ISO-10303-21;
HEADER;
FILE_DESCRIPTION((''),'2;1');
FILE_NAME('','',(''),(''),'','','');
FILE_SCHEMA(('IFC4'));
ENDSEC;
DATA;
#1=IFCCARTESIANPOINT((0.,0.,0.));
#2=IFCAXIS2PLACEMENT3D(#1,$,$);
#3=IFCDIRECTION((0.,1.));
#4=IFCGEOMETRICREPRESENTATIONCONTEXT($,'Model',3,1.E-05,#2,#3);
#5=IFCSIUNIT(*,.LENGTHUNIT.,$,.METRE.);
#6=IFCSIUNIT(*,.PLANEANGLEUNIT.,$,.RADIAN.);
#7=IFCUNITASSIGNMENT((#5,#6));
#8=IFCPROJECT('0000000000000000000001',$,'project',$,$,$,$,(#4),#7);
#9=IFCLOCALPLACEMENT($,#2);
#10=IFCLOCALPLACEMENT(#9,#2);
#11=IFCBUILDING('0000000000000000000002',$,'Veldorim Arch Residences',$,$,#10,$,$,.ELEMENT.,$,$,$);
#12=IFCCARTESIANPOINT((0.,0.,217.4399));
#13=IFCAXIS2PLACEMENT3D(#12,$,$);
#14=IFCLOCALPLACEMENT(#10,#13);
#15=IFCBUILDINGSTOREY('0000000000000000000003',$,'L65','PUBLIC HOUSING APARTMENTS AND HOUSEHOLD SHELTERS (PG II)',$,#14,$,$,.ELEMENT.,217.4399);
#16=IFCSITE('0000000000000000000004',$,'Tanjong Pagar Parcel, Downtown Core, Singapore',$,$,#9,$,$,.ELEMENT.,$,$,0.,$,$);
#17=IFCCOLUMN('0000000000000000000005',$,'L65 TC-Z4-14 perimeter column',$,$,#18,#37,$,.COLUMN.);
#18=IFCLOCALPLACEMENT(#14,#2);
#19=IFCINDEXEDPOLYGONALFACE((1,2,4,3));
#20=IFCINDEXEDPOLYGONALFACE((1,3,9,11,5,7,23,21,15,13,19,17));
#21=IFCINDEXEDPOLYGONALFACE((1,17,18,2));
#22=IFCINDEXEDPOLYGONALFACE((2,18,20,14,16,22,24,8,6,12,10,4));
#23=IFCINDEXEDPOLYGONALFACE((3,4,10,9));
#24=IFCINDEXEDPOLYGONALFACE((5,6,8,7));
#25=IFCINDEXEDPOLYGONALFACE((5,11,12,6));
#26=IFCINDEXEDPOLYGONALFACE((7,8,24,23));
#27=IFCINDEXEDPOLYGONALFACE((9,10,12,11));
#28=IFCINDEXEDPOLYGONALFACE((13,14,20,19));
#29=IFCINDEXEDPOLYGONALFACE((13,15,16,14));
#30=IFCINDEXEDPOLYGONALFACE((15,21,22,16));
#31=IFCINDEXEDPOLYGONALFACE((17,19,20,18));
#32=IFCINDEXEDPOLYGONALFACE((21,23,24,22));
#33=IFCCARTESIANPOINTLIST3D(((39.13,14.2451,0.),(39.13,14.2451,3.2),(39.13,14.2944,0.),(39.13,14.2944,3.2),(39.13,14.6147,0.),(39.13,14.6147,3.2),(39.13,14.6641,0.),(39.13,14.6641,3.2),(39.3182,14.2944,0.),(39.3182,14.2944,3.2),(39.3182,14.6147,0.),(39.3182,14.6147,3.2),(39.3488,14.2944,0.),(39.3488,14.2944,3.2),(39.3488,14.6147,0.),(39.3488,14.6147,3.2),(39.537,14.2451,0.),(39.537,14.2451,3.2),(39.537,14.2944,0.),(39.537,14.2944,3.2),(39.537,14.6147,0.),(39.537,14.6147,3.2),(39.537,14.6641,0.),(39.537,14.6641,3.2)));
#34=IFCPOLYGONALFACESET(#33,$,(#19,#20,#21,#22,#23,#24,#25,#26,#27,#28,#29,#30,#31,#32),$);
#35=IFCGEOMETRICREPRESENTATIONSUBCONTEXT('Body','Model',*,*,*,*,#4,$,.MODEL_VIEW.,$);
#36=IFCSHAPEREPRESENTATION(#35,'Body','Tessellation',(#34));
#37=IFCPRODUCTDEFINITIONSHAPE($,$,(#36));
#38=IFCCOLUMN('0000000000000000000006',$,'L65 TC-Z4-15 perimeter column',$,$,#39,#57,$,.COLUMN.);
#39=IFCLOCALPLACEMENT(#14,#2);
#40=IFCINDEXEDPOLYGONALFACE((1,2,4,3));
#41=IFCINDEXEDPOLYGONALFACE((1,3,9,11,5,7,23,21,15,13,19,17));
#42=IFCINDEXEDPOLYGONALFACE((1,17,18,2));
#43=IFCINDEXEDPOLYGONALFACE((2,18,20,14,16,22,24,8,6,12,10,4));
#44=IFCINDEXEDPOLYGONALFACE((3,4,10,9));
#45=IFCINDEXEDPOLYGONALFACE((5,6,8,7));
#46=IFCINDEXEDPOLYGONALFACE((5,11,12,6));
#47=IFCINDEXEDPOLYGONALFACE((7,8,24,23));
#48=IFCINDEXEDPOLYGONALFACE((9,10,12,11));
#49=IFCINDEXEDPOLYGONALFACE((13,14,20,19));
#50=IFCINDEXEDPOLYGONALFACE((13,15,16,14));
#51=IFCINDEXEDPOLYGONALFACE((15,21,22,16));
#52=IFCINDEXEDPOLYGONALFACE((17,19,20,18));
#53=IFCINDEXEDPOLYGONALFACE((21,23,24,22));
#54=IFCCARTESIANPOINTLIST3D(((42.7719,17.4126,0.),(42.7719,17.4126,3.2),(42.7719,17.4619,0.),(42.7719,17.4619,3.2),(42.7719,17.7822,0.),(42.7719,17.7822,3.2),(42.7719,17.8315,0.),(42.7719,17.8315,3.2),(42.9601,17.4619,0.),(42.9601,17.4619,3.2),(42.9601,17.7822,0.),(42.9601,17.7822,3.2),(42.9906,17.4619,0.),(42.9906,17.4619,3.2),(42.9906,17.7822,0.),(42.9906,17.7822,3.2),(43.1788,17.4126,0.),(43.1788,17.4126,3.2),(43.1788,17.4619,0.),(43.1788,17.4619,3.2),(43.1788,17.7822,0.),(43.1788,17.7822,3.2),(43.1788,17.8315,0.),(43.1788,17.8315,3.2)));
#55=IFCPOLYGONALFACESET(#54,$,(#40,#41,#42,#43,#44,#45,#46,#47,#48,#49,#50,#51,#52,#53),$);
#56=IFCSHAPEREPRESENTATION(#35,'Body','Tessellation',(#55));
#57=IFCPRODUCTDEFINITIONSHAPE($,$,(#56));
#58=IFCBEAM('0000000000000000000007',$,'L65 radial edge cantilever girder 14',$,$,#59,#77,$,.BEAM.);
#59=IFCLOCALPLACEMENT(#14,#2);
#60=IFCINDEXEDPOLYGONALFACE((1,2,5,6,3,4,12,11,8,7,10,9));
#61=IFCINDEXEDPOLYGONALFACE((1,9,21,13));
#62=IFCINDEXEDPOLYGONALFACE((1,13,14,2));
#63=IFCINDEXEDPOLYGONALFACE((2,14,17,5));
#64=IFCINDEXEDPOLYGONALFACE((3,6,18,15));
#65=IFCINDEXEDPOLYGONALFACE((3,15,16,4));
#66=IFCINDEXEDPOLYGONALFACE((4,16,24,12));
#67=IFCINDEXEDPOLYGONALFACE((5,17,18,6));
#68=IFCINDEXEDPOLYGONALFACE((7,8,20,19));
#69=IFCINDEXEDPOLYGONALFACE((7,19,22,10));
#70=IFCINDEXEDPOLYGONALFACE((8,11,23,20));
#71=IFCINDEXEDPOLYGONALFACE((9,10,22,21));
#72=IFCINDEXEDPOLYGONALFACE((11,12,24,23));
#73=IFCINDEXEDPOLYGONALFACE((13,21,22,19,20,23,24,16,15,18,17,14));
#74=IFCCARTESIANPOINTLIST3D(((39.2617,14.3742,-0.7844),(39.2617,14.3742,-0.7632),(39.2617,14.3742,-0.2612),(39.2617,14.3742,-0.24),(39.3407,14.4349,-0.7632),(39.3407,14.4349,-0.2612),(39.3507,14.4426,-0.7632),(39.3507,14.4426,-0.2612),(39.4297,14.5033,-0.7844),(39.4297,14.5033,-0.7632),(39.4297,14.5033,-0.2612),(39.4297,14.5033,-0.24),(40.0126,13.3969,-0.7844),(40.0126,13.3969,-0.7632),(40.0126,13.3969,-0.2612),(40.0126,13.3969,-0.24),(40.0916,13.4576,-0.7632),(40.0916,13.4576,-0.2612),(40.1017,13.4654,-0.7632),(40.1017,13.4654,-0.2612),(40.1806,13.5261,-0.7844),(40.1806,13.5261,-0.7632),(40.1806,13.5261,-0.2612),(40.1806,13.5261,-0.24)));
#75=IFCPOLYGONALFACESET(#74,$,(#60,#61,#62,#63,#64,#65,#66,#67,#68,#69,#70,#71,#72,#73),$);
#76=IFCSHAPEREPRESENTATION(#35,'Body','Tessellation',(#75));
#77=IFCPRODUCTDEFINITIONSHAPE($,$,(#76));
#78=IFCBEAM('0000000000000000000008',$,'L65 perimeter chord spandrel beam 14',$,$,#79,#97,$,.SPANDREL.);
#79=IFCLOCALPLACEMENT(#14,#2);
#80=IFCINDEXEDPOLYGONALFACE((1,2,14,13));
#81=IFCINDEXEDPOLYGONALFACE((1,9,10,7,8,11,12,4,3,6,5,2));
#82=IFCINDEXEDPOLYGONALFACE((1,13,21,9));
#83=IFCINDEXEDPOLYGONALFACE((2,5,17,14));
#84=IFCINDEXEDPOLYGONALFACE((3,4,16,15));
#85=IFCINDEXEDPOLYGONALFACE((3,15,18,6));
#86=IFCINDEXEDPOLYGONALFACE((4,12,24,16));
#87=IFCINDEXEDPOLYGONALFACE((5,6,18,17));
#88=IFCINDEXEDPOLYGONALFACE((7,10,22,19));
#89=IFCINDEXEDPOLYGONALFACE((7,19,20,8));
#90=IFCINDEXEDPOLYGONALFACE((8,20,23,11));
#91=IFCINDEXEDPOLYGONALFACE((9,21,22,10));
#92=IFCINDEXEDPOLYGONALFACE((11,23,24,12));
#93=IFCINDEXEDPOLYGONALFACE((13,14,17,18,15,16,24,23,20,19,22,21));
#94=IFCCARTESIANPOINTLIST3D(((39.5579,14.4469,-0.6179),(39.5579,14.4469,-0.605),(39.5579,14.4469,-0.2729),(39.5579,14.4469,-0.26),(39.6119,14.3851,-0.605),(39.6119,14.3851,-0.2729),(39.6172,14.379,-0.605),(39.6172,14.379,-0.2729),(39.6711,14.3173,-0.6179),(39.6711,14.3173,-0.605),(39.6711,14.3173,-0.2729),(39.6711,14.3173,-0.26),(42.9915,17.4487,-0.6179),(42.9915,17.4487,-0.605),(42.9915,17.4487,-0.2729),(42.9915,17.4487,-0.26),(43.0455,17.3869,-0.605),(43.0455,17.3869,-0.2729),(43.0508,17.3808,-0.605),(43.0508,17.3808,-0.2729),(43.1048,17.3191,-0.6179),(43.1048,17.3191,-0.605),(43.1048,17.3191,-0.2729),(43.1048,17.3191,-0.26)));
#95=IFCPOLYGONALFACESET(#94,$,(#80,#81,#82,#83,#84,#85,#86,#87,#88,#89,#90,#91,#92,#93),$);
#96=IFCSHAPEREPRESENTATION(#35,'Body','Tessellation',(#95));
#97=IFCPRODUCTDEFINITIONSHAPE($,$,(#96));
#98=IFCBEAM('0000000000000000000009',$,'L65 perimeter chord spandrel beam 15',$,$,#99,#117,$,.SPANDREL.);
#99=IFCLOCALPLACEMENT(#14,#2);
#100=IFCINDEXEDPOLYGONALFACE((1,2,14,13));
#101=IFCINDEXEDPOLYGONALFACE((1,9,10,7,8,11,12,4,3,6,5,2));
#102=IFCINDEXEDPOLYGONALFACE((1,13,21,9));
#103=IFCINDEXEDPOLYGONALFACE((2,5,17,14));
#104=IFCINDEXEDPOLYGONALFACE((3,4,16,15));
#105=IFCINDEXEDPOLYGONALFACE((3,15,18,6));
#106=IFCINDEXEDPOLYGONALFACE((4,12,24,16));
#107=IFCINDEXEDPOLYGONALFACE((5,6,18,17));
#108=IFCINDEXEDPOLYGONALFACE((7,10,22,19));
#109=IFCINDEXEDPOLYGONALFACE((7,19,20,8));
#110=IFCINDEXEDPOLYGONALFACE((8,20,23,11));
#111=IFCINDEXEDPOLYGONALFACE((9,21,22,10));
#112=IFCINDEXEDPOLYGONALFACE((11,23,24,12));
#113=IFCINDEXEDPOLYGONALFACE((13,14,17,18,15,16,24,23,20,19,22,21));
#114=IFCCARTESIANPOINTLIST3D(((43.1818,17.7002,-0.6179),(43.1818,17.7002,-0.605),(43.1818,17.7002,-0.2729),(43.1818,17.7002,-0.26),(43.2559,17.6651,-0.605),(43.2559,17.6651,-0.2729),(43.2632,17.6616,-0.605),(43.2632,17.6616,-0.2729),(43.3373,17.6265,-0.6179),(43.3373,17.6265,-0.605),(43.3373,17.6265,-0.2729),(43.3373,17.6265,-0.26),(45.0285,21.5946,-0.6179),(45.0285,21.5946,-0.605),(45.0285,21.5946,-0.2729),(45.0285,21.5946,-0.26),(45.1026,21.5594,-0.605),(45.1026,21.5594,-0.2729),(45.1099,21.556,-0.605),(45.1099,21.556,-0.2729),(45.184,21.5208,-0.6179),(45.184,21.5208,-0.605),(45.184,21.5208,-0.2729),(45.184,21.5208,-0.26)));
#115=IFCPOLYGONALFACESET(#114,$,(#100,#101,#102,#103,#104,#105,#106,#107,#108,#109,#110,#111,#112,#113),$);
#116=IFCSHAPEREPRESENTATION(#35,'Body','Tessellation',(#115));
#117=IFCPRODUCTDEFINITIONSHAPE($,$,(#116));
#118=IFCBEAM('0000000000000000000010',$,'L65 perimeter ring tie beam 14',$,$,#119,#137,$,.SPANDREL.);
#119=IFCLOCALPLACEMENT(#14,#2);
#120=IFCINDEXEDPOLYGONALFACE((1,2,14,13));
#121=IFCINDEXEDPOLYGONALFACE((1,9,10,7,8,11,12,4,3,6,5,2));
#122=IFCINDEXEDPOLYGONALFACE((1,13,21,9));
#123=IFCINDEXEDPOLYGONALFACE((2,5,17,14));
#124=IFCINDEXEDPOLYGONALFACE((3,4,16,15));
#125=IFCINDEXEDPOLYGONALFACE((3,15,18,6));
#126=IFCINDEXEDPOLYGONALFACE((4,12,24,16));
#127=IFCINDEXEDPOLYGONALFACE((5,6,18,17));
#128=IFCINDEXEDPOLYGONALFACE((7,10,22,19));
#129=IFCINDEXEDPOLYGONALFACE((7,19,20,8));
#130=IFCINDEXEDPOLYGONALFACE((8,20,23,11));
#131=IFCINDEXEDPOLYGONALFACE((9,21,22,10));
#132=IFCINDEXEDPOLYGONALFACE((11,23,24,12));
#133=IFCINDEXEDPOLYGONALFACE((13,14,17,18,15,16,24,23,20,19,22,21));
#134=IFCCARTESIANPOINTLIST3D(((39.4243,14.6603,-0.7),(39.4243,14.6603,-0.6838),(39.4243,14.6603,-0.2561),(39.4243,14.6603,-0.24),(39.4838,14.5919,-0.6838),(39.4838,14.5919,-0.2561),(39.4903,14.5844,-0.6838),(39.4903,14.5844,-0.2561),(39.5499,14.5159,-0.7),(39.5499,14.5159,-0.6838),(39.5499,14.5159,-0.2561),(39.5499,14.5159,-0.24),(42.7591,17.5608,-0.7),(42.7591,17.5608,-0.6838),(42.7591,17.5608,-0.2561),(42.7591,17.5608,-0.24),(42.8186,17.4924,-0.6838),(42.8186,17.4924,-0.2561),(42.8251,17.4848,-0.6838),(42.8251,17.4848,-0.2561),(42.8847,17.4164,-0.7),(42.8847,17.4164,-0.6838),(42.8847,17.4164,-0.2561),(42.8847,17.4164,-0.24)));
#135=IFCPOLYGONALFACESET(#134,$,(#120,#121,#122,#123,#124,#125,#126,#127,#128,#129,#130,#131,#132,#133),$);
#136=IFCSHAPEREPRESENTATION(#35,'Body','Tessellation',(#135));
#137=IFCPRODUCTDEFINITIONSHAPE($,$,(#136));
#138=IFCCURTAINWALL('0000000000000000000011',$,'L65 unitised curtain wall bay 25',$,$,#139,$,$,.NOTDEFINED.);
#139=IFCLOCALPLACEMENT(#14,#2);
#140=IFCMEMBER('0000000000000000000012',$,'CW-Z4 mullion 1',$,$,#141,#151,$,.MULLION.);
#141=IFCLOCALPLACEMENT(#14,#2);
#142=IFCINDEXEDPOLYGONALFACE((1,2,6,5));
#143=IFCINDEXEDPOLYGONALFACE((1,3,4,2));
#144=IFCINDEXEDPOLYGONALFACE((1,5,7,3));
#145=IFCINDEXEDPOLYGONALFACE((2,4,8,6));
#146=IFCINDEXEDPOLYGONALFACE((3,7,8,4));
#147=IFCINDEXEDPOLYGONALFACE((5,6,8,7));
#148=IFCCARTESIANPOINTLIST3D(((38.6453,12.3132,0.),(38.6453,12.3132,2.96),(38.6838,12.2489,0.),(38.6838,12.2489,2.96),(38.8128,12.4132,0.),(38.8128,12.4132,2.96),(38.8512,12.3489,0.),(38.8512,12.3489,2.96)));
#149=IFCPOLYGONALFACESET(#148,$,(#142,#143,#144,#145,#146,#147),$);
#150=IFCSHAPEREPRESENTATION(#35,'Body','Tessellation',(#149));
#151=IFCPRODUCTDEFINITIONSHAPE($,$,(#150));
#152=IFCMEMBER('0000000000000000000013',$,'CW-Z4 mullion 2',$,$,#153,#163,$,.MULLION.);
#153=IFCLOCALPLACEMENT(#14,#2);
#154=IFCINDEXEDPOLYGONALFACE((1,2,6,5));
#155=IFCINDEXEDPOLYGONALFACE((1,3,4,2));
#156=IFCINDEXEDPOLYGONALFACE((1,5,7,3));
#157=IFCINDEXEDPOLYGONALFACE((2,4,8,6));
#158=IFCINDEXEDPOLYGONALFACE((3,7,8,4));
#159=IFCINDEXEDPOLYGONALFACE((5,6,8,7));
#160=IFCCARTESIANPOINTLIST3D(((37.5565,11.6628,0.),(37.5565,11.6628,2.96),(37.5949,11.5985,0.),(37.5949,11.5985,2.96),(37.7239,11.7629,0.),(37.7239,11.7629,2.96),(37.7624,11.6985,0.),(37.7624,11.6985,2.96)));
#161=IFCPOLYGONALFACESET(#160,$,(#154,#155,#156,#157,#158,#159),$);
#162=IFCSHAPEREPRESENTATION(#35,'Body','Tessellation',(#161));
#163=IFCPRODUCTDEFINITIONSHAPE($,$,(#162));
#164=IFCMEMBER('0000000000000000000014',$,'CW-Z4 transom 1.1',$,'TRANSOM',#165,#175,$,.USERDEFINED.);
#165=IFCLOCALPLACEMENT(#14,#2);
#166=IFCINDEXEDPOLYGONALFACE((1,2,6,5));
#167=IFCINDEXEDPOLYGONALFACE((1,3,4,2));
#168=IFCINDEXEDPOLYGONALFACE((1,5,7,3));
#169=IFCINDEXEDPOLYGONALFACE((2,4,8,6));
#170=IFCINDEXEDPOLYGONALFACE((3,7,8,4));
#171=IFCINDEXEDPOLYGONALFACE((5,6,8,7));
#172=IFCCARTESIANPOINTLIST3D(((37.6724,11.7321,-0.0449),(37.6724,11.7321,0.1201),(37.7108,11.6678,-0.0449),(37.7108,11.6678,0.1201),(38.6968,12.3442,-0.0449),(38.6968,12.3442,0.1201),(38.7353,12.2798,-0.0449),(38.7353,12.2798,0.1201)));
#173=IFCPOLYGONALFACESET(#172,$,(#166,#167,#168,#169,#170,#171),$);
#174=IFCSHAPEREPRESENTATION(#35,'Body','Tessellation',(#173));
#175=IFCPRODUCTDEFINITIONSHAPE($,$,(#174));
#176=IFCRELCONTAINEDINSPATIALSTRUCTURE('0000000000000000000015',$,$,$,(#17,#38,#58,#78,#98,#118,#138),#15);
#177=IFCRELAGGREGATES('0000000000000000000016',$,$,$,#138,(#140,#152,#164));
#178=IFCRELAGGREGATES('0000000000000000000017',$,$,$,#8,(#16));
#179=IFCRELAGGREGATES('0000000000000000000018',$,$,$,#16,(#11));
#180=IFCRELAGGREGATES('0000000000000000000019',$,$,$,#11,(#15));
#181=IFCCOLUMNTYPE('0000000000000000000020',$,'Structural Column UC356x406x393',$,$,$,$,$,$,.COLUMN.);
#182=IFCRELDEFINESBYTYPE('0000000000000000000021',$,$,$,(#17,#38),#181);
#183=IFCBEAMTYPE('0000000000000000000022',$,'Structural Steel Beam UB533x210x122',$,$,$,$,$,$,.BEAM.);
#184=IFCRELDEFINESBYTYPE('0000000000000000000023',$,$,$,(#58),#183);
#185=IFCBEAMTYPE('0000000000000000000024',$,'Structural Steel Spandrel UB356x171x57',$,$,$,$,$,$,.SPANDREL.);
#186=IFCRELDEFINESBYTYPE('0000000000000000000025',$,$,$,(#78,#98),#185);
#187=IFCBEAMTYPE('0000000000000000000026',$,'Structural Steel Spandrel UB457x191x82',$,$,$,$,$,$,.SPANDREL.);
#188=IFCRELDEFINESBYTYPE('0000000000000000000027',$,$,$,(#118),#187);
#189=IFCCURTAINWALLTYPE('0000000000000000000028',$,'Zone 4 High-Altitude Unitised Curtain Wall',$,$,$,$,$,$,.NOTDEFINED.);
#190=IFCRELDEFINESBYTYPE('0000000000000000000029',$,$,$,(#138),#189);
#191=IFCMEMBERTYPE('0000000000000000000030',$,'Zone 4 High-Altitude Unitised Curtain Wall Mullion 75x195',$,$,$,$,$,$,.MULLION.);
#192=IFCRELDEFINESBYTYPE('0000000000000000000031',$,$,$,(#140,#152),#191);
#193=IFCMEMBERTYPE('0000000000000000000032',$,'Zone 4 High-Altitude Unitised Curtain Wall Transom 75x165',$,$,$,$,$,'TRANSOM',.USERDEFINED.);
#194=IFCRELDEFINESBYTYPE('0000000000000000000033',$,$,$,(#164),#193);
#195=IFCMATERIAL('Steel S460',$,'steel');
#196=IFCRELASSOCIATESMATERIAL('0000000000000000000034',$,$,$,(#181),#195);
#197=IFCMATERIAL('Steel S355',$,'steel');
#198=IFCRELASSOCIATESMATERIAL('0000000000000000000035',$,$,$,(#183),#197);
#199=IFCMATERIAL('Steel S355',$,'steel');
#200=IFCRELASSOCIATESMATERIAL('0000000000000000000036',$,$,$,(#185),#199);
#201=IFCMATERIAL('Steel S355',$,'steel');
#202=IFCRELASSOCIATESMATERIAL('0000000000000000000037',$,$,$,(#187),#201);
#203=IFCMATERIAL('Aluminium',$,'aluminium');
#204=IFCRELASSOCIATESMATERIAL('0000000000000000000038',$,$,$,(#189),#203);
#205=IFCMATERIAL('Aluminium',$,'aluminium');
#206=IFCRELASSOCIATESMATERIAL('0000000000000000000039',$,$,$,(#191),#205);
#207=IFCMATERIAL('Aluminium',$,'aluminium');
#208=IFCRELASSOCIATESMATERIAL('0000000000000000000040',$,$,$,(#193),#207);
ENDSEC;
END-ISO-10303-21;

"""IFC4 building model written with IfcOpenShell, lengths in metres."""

from ifc_helpers import new_model, si_unit, direction, frame, origin, origin_2d, place, context, subcontext, project, spatial, rectangle, i_section, extrude, material, material_profile, profile_set, type_object, element, aggregate, save


model = new_model("IFC4")

# Units and contexts
model_context = context("Model", 3, precision=1e-05, world=origin(), true_north=direction((0.0, 1.0)))
body_context = subcontext(model_context, "Body", "Model", "MODEL_VIEW")
ifc_project = project(units=[si_unit("LENGTHUNIT", "METRE"), si_unit("PLANEANGLEUNIT", "RADIAN")], contexts=[model_context])

# Site, building, storey
site_placement = place(None, origin())
site = spatial("IfcSite", under=ifc_project, at=site_placement, Name="Tanjong Pagar Parcel, Downtown Core, Singapore", CompositionType="ELEMENT", RefElevation=0.0)
building_placement = place(site_placement, origin())
building = spatial("IfcBuilding", under=site, at=building_placement, Name="Veldorim Arch Residences", CompositionType="ELEMENT")
storey_placement = place(building_placement, frame((0.0, 0.0, 217.4399)))
storey = spatial("IfcBuildingStorey", under=building, at=storey_placement, Name="L65", Description="PUBLIC HOUSING APARTMENTS AND HOUSEHOLD SHELTERS (PG II)", CompositionType="ELEMENT", Elevation=217.4399)

# Columns
ifc_material_1 = material(Name="Steel S460", Category="steel")
ifc_material_profile_1 = material_profile(ifc_material_1, i_section(OverallWidth=0.407, OverallDepth=0.4189, WebThickness=0.0305, FlangeThickness=0.0493, at=origin_2d()), Name="UC356x406x393")
ifc_profile_set_1 = profile_set([ifc_material_profile_1], Name="Steel S460")
column_type = type_object("IfcColumnType", Name="Structural Column UC356x406x393", PredefinedType="COLUMN", material=ifc_profile_set_1)
for number, where, z_axis, x_axis, name in (
    (1, (39.3335, 14.4546, 0.0), (0.0, 0.0, 1.0), (1.0, 0.0, 0.0), "L65 TC-Z4-14 perimeter column"),
    (2, (42.9753, 17.6221, 0.0), (0.0, 0.0, 1.0), (1.0, 0.0, 0.0), "L65 TC-Z4-15 perimeter column"),
):
    element("IfcColumn", number, at=place(storey_placement, frame(where, z_axis=z_axis, x_axis=x_axis)), inside=storey, type_object=column_type, Name=name, PredefinedType="COLUMN", context=body_context, shape_type="SweptSolid", body=[
        extrude(i_section(OverallWidth=0.407, OverallDepth=0.4189, WebThickness=0.0305, FlangeThickness=0.0493, at=origin_2d()), origin(), (0.0, 0.0, 1.0), 3.2),
    ])

# Beams
ifc_material_2 = material(Name="Steel S355", Category="steel")
ifc_material_profile_2 = material_profile(ifc_material_2, i_section(OverallWidth=0.2119, OverallDepth=0.5444, WebThickness=0.0127, FlangeThickness=0.0212, at=origin_2d()), Name="UB533x210x122")
ifc_profile_set_2 = profile_set([ifc_material_profile_2], Name="Steel S355")
beam_type_1 = type_object("IfcBeamType", Name="Structural Steel Beam UB533x210x122", PredefinedType="BEAM", material=ifc_profile_set_2)
beam_1_placement = place(storey_placement, frame((39.3457, 14.4387, -0.5122), z_axis=(0.609309, -0.792933, 0.0), x_axis=(0.792933, 0.609309, 0.0)))
element("IfcBeam", 3, at=beam_1_placement, inside=storey, type_object=beam_type_1, Name="L65 radial edge cantilever girder 14", PredefinedType="BEAM", context=body_context, shape_type="SweptSolid", body=[
    extrude(i_section(OverallWidth=0.2119, OverallDepth=0.5444, WebThickness=0.0127, FlangeThickness=0.0212, at=origin_2d()), origin(), (0.0, 0.0, 1.0), 1.2324),
])
ifc_material_3 = material(Name="Steel S355", Category="steel")
ifc_material_profile_3 = material_profile(ifc_material_3, i_section(OverallWidth=0.1721, OverallDepth=0.3579, WebThickness=0.0081, FlangeThickness=0.0129, at=origin_2d()), Name="UB356x171x57")
ifc_profile_set_3 = profile_set([ifc_material_profile_3], Name="Steel S355")
beam_type_2 = type_object("IfcBeamType", Name="Structural Steel Spandrel UB356x171x57", PredefinedType="SPANDREL", material=ifc_profile_set_3)
beam_2_placement = place(storey_placement, frame((39.6145, 14.3821, -0.439), z_axis=(0.752868, 0.658171, 0.0), x_axis=(-0.658171, 0.752868, 0.0)))
element("IfcBeam", 4, at=beam_2_placement, inside=storey, type_object=beam_type_2, Name="L65 perimeter chord spandrel beam 14", PredefinedType="SPANDREL", context=body_context, shape_type="SweptSolid", body=[
    extrude(i_section(OverallWidth=0.1721, OverallDepth=0.3579, WebThickness=0.0081, FlangeThickness=0.0129, at=origin_2d()), origin(), (0.0, 0.0, 1.0), 4.5608),
])
beam_3_placement = place(storey_placement, frame((43.2595, 17.6633, -0.439), z_axis=(0.428469, 0.903557, 0.0), x_axis=(-0.903557, 0.428469, 0.0)))
element("IfcBeam", 5, at=beam_3_placement, inside=storey, type_object=beam_type_2, Name="L65 perimeter chord spandrel beam 15", PredefinedType="SPANDREL", context=body_context, shape_type="SweptSolid", body=[
    extrude(i_section(OverallWidth=0.1721, OverallDepth=0.3579, WebThickness=0.0081, FlangeThickness=0.0129, at=origin_2d()), origin(), (0.0, 0.0, 1.0), 4.3101),
])
ifc_material_4 = material(Name="Steel S355", Category="steel")
ifc_material_profile_4 = material_profile(ifc_material_4, i_section(OverallWidth=0.1914, OverallDepth=0.46, WebThickness=0.01, FlangeThickness=0.0161, at=origin_2d()), Name="UB457x191x82")
ifc_profile_set_4 = profile_set([ifc_material_profile_4], Name="Steel S355")
beam_type_3 = type_object("IfcBeamType", Name="Structural Steel Spandrel UB457x191x82", PredefinedType="SPANDREL", material=ifc_profile_set_4)
beam_4_placement = place(storey_placement, frame((39.4871, 14.5881, -0.47), z_axis=(0.754534, 0.656261, 0.0), x_axis=(-0.656261, 0.754534, 0.0)))
element("IfcBeam", 6, at=beam_4_placement, inside=storey, type_object=beam_type_3, Name="L65 perimeter ring tie beam 14", PredefinedType="SPANDREL", context=body_context, shape_type="SweptSolid", body=[
    extrude(i_section(OverallWidth=0.1914, OverallDepth=0.46, WebThickness=0.01, FlangeThickness=0.0161, at=origin_2d()), origin(), (0.0, 0.0, 1.0), 4.4197),
])

# Curtain wall, members
ifc_material_5 = material(Name="Aluminium", Category="aluminium")
curtain_wall_type = type_object("IfcCurtainWallType", Name="Zone 4 High-Altitude Unitised Curtain Wall", PredefinedType="NOTDEFINED", material=ifc_material_5)
curtain_wall_placement = place(storey_placement, origin())
curtain_wall = element("IfcCurtainWall", 7, at=curtain_wall_placement, inside=storey, type_object=curtain_wall_type, Name="L65 unitised curtain wall bay 25", PredefinedType="NOTDEFINED")
ifc_material_6 = material(Name="Aluminium", Category="aluminium")
ifc_material_profile_5 = material_profile(ifc_material_6, rectangle(XDim=0.075, YDim=0.1951, at=origin_2d()), Name="ALU_MUL_75x195")
ifc_profile_set_5 = profile_set([ifc_material_profile_5], Name="Aluminium")
member_type_1 = type_object("IfcMemberType", Name="Zone 4 High-Altitude Unitised Curtain Wall Mullion 75x195", PredefinedType="MULLION", material=ifc_profile_set_5)
member_1_placement = place(storey_placement, frame((38.7483, 12.3311, 0.0), z_axis=(0.0, 0.0, 1.0), x_axis=(0.512817, -0.858498, 0.0)))
member_1 = element("IfcMember", 8, at=member_1_placement, type_object=member_type_1, Name="CW-Z4 mullion 1", PredefinedType="MULLION", context=body_context, shape_type="SweptSolid", body=[
    extrude(rectangle(XDim=0.075, YDim=0.1951, at=origin_2d()), origin(), (0.0, 0.0, 1.0), 2.96),
])
member_2_placement = place(storey_placement, frame((37.6594, 11.6807, 0.0), z_axis=(0.0, 0.0, 1.0), x_axis=(0.512817, -0.858498, 0.0)))
member_2 = element("IfcMember", 9, at=member_2_placement, type_object=member_type_1, Name="CW-Z4 mullion 2", PredefinedType="MULLION", context=body_context, shape_type="SweptSolid", body=[
    extrude(rectangle(XDim=0.075, YDim=0.1951, at=origin_2d()), origin(), (0.0, 0.0, 1.0), 2.96),
])
ifc_material_7 = material(Name="Aluminium", Category="aluminium")
ifc_material_profile_6 = material_profile(ifc_material_7, rectangle(XDim=0.075, YDim=0.165, at=origin_2d()), Name="ALU_TRN_75x165")
ifc_profile_set_6 = profile_set([ifc_material_profile_6], Name="Aluminium")
member_type_2 = type_object("IfcMemberType", Name="Zone 4 High-Altitude Unitised Curtain Wall Transom 75x165", ElementType="TRANSOM", PredefinedType="USERDEFINED", material=ifc_profile_set_6)
member_3_placement = place(storey_placement, frame((38.7161, 12.312, 0.0376), z_axis=(-0.858448, -0.5129, 0.0), x_axis=(0.5129, -0.858448, 0.0)))
member_3 = element("IfcMember", 10, at=member_3_placement, type_object=member_type_2, Name="CW-Z4 transom 1.1", ObjectType="TRANSOM", PredefinedType="USERDEFINED", context=body_context, shape_type="SweptSolid", body=[
    extrude(rectangle(XDim=0.075, YDim=0.165, at=origin_2d()), origin(), (0.0, 0.0, 1.0), 1.1934),
])
aggregate(curtain_wall, [member_1, member_2, member_3])

save(model, "model.ifc")
